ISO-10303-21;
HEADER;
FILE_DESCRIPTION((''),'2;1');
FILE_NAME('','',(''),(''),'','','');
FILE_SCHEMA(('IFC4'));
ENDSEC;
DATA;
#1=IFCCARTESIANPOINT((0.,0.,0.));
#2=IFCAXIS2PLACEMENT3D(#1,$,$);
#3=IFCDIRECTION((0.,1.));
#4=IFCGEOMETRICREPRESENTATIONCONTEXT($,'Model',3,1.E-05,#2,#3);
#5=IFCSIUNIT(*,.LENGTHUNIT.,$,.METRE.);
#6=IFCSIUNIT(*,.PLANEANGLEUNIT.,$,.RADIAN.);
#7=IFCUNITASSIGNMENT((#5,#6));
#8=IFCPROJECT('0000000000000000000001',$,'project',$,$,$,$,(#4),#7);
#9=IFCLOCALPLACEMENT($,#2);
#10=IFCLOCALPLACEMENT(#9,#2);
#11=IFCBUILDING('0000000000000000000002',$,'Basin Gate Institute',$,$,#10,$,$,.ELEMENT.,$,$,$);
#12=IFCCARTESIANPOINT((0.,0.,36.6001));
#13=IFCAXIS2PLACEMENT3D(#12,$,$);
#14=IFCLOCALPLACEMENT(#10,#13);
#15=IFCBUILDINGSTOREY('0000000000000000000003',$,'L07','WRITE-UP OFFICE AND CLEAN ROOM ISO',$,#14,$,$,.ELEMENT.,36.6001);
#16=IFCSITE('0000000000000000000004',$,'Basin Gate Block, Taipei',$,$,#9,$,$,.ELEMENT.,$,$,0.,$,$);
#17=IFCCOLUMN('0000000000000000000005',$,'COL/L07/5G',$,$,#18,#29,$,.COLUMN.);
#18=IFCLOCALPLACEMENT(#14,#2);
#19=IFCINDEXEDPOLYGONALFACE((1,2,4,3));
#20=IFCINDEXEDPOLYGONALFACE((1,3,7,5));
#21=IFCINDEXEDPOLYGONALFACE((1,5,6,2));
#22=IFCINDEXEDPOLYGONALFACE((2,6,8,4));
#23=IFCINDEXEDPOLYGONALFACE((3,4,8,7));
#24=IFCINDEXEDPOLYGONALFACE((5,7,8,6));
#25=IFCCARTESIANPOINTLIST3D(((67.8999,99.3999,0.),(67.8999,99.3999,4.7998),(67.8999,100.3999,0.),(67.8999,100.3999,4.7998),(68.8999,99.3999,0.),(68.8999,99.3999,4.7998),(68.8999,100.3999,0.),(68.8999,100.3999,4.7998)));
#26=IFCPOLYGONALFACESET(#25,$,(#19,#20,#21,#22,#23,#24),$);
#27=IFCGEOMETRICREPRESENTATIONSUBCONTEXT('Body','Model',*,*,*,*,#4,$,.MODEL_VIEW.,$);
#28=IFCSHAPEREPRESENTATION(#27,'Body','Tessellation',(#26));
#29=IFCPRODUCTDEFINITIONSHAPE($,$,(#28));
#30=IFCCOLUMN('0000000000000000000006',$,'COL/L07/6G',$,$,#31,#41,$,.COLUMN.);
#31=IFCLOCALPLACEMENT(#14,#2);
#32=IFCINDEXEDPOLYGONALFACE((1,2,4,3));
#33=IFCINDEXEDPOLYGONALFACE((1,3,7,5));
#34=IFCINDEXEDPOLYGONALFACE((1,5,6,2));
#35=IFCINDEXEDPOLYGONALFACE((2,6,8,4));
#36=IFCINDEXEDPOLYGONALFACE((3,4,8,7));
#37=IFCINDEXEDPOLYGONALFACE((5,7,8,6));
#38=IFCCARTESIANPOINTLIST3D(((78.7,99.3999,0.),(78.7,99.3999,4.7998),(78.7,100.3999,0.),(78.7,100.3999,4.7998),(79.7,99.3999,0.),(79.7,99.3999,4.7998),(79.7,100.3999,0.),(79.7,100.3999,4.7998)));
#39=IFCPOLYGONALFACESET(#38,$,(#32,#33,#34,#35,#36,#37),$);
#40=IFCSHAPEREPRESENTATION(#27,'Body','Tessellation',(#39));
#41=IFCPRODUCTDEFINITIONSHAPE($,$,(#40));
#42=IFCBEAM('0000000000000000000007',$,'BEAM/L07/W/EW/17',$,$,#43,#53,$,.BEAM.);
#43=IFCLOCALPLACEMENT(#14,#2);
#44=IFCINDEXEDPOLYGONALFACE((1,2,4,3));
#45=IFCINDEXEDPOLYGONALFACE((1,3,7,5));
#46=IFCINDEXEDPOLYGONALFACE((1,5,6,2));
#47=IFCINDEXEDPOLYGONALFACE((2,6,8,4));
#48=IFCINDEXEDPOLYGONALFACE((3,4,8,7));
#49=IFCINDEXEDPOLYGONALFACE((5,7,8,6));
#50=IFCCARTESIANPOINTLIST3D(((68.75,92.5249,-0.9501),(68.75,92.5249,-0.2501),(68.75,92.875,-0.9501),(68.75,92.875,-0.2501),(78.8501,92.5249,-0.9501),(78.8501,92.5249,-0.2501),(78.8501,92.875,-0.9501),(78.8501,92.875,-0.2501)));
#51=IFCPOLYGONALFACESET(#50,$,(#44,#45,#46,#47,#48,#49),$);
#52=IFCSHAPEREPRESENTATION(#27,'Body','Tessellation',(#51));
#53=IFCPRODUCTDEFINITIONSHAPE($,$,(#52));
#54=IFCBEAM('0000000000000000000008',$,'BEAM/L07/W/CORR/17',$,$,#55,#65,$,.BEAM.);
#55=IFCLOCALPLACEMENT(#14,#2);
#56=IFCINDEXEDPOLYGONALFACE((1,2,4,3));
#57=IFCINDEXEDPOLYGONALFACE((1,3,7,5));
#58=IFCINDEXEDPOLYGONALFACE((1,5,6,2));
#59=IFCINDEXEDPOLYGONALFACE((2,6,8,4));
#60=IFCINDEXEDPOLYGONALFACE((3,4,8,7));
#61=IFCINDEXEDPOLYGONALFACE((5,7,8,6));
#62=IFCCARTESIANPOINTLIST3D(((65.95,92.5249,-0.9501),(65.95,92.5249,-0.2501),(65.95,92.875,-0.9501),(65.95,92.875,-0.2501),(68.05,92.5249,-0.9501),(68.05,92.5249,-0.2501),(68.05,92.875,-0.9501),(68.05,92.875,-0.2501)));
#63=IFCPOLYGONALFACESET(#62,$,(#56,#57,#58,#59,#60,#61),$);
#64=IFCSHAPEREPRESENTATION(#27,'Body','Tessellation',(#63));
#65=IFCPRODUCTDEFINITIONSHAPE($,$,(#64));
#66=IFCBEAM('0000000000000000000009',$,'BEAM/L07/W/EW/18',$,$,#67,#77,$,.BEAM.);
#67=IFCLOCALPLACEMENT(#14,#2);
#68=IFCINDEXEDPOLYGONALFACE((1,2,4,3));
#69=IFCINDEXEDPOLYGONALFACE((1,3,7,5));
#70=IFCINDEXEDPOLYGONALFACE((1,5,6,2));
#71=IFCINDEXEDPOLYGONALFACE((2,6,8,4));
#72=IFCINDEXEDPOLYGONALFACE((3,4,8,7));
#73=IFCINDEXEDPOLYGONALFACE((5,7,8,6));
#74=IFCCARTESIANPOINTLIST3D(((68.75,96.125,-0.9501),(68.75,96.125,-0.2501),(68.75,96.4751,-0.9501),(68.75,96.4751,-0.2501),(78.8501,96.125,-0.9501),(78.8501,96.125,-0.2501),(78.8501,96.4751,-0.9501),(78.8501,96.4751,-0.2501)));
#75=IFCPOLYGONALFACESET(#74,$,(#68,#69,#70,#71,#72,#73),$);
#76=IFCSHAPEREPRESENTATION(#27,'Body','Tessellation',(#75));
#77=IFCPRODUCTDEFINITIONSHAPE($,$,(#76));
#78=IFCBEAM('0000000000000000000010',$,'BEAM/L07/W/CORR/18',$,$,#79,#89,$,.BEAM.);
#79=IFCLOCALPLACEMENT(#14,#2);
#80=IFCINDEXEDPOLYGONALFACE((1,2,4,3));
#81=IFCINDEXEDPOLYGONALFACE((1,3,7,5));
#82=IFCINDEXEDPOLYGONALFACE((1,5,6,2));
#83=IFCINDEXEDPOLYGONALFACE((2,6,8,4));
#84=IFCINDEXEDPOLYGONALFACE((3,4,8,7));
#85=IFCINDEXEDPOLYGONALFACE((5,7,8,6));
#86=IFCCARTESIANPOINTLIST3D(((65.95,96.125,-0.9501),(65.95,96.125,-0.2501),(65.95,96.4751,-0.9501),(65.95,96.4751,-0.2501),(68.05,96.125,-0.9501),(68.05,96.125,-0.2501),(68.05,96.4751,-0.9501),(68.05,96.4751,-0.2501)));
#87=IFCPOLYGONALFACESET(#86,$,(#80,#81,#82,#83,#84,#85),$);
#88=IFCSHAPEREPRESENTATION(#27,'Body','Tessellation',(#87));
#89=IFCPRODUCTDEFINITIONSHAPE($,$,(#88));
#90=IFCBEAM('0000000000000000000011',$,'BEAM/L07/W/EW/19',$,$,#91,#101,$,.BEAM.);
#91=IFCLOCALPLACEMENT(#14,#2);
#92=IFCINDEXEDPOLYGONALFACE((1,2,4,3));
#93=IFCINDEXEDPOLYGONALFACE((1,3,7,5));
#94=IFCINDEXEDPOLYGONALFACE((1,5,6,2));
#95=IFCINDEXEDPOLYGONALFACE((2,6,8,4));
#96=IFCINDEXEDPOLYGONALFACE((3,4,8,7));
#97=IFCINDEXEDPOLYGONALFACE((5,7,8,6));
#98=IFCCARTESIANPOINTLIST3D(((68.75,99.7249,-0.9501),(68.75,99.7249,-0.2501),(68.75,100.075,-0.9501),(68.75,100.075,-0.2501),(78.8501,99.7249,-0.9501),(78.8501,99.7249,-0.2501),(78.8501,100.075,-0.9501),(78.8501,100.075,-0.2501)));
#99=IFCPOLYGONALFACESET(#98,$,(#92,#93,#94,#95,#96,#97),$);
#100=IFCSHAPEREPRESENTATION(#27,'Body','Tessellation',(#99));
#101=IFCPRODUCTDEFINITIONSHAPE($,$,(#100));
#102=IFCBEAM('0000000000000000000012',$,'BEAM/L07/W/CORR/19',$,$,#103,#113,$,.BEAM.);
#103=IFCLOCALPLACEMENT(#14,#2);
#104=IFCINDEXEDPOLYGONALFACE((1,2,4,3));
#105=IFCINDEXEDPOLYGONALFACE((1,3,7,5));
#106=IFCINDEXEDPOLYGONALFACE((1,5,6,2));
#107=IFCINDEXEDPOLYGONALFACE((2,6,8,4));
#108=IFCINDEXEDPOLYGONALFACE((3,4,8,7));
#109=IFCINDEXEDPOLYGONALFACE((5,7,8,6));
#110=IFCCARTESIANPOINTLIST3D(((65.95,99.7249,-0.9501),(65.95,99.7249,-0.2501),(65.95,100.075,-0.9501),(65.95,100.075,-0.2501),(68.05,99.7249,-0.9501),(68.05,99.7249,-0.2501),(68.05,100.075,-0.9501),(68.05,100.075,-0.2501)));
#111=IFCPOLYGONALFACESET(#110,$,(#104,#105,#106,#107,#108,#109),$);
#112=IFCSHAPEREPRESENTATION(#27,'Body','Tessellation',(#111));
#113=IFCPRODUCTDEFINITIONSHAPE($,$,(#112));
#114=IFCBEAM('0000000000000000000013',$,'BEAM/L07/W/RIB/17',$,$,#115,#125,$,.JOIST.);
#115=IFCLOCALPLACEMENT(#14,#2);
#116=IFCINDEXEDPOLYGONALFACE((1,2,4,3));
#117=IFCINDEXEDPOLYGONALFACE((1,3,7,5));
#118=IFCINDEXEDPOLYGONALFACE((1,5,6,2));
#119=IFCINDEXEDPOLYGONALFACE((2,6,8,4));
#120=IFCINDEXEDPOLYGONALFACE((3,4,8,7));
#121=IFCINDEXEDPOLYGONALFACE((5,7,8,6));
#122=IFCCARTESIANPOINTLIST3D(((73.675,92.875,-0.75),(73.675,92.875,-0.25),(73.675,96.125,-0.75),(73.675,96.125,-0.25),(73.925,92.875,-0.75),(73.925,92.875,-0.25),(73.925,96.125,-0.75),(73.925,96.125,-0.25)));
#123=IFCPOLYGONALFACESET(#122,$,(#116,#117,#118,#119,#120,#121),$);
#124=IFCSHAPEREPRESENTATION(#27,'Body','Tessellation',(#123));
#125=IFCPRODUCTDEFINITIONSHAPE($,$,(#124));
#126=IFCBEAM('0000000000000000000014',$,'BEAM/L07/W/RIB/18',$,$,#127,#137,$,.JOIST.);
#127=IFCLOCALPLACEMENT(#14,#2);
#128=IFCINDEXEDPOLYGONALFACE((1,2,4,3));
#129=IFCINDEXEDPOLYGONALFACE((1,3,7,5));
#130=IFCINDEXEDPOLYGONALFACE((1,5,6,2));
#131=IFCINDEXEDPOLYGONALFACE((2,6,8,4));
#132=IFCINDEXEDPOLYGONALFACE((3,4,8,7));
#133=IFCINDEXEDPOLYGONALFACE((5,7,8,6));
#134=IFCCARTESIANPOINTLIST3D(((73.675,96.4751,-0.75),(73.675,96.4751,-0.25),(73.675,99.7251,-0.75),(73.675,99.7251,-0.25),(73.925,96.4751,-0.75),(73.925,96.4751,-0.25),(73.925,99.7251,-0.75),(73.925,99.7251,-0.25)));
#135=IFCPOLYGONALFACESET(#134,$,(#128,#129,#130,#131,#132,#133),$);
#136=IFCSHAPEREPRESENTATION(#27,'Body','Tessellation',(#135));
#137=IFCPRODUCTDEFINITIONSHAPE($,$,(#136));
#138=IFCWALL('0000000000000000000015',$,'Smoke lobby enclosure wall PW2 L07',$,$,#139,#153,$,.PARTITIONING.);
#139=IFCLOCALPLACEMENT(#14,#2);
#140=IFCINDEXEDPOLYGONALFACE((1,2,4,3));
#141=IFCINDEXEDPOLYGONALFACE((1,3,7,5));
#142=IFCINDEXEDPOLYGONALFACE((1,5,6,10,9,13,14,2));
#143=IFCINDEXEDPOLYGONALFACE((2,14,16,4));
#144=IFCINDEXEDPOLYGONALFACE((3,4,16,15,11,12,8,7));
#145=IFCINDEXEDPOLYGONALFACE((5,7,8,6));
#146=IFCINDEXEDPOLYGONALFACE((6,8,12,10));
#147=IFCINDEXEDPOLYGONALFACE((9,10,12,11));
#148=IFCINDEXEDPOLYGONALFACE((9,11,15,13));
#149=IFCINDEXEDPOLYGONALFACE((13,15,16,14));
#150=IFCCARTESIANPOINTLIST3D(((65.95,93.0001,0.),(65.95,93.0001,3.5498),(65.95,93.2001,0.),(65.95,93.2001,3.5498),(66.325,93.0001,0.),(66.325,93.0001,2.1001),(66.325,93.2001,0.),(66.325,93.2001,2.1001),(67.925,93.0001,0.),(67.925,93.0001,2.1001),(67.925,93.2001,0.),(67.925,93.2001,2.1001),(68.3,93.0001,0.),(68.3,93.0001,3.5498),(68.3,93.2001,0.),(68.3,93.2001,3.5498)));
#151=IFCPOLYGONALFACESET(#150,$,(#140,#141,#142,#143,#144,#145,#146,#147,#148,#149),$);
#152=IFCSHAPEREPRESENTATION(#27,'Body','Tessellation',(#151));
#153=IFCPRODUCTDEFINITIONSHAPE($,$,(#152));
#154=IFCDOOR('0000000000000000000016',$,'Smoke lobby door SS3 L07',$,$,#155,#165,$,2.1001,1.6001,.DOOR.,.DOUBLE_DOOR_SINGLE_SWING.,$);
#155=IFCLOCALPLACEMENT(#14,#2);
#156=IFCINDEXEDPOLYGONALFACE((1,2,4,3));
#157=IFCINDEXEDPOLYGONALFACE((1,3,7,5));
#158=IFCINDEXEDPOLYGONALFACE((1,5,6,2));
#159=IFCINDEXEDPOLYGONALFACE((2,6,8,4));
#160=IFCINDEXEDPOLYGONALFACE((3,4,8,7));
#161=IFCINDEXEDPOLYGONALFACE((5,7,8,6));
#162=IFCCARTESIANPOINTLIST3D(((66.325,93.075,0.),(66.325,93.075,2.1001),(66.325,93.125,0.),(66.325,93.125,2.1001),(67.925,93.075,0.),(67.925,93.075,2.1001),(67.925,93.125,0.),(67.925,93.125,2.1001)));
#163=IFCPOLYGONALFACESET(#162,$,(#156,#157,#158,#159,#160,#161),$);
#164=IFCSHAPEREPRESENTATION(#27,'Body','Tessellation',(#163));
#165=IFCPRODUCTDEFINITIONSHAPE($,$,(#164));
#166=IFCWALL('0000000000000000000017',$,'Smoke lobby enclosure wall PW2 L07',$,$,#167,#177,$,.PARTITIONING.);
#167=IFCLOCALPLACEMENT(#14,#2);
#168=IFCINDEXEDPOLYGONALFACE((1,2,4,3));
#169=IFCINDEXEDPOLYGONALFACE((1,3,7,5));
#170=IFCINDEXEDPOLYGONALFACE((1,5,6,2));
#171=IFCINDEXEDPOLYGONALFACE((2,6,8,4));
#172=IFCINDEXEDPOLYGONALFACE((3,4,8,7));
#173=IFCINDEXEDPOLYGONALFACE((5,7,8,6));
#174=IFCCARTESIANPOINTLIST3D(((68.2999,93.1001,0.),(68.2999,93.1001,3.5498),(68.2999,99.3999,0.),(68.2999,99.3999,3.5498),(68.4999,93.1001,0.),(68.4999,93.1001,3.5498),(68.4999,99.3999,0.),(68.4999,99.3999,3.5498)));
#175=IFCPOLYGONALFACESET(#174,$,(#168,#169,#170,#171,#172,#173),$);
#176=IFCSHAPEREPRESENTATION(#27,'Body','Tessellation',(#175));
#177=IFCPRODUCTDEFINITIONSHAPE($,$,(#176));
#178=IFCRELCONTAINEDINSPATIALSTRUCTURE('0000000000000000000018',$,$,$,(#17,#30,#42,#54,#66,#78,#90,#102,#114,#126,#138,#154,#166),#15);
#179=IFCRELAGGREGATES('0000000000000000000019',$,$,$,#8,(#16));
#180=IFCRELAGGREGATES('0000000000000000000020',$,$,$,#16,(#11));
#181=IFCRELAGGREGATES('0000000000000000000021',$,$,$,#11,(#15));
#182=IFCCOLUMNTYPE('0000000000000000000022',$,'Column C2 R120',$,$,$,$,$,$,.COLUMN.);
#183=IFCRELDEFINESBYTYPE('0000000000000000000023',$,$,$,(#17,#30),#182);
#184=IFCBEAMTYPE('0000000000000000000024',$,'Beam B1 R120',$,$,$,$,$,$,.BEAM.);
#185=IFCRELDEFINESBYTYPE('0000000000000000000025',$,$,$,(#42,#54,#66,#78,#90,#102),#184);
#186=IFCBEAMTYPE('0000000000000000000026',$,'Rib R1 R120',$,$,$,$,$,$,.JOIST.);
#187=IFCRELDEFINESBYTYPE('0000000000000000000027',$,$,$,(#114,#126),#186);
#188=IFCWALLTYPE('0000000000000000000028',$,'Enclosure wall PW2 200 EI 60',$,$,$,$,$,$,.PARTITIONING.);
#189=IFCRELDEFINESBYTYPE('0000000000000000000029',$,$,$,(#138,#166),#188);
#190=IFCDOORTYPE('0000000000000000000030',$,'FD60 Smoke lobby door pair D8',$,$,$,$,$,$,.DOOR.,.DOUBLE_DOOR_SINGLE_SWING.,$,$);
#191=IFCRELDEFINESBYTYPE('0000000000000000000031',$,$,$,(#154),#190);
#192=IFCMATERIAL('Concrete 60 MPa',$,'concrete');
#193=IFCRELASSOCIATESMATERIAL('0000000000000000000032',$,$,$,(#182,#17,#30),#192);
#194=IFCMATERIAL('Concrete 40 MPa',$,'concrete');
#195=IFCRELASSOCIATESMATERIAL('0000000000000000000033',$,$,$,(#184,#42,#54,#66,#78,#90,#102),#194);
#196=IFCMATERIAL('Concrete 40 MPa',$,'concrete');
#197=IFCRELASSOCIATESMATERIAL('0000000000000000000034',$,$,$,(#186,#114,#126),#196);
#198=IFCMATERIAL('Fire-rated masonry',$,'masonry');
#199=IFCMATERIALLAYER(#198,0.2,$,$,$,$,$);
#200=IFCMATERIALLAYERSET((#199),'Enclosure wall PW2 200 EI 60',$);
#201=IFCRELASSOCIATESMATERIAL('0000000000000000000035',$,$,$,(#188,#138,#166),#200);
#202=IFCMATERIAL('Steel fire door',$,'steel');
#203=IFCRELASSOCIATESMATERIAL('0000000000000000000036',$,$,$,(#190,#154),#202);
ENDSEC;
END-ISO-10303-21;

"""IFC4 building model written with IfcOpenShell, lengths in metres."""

from ifc_helpers import new_model, si_unit, direction, frame, frame_2d, origin, origin_2d, place, context, subcontext, project, spatial, rectangle, extrude, material, layer, layer_set, material_profile, profile_set, type_object, element, fill, save


model = new_model("IFC4")

# Units and contexts
model_context = context("Model", 3, precision=1e-05, world=origin(), true_north=direction((0.0, 1.0)))
body_context = subcontext(model_context, "Body", "Model", "MODEL_VIEW")
ifc_project = project(units=[si_unit("LENGTHUNIT", "METRE"), si_unit("PLANEANGLEUNIT", "RADIAN")], contexts=[model_context])

# Site, building, storey
site_placement = place(None, origin())
site = spatial("IfcSite", under=ifc_project, at=site_placement, Name="Basin Gate Block, Taipei", CompositionType="ELEMENT", RefElevation=0.0)
building_placement = place(site_placement, origin())
building = spatial("IfcBuilding", under=site, at=building_placement, Name="Basin Gate Institute", CompositionType="ELEMENT")
storey_placement = place(building_placement, frame((0.0, 0.0, 36.6001)))
storey = spatial("IfcBuildingStorey", under=building, at=storey_placement, Name="L07", Description="WRITE-UP OFFICE AND CLEAN ROOM ISO", CompositionType="ELEMENT", Elevation=36.6001)

# Columns
ifc_material_1 = material(Name="Concrete 60 MPa", Category="concrete")
ifc_material_profile_1 = material_profile(ifc_material_1, rectangle(XDim=1.0, YDim=1.0, at=origin_2d()), Name="Column C2 1000 x 1000")
ifc_profile_set_1 = profile_set([ifc_material_profile_1], Name="Concrete 60 MPa")
column_type = type_object("IfcColumnType", Name="Column C2 R120", PredefinedType="COLUMN", material=ifc_profile_set_1)
for number, where, z_axis, x_axis, name in (
    (1, (68.3999, 99.8999, 0.0), (0.0, 0.0, 1.0), (1.0, 0.0, 0.0), "COL/L07/5G"),
    (2, (79.2, 99.8999, 0.0), (0.0, 0.0, 1.0), (1.0, 0.0, 0.0), "COL/L07/6G"),
):
    element("IfcColumn", number, at=place(storey_placement, frame(where, z_axis=z_axis, x_axis=x_axis)), inside=storey, type_object=column_type, material=ifc_profile_set_1, Name=name, PredefinedType="COLUMN", context=body_context, shape_type="SweptSolid", body=[
        extrude(rectangle(XDim=1.0, YDim=1.0, at=origin_2d()), origin(), (0.0, 0.0, 1.0), 4.7998),
    ])

# Beams
ifc_material_2 = material(Name="Concrete 40 MPa", Category="concrete")
ifc_material_profile_2 = material_profile(ifc_material_2, rectangle(XDim=0.3501, YDim=0.7, at=origin_2d()), Name="Beam B1 350 x 700")
ifc_profile_set_2 = profile_set([ifc_material_profile_2], Name="Concrete 40 MPa")
beam_type_1 = type_object("IfcBeamType", Name="Beam B1 R120", PredefinedType="BEAM", material=ifc_profile_set_2)
beam_1_placement = place(storey_placement, frame((68.75, 92.7, -0.6001), z_axis=(1.0, 0.0, 0.0), x_axis=(0.0, 1.0, 0.0)))
element("IfcBeam", 3, at=beam_1_placement, inside=storey, type_object=beam_type_1, material=ifc_profile_set_2, Name="BEAM/L07/W/EW/17", PredefinedType="BEAM", context=body_context, shape_type="SweptSolid", body=[
    extrude(rectangle(XDim=0.3501, YDim=0.7, at=origin_2d()), origin(), (0.0, 0.0, 1.0), 10.1001),
])
beam_2_placement = place(storey_placement, frame((65.95, 92.7, -0.6001), z_axis=(1.0, 0.0, 0.0), x_axis=(0.0, 1.0, 0.0)))
element("IfcBeam", 4, at=beam_2_placement, inside=storey, type_object=beam_type_1, material=ifc_profile_set_2, Name="BEAM/L07/W/CORR/17", PredefinedType="BEAM", context=body_context, shape_type="SweptSolid", body=[
    extrude(rectangle(XDim=0.3501, YDim=0.7, at=origin_2d()), origin(), (0.0, 0.0, 1.0), 2.1001),
])
beam_3_placement = place(storey_placement, frame((68.75, 96.3, -0.6001), z_axis=(1.0, 0.0, 0.0), x_axis=(0.0, 1.0, 0.0)))
element("IfcBeam", 5, at=beam_3_placement, inside=storey, type_object=beam_type_1, material=ifc_profile_set_2, Name="BEAM/L07/W/EW/18", PredefinedType="BEAM", context=body_context, shape_type="SweptSolid", body=[
    extrude(rectangle(XDim=0.3501, YDim=0.7, at=origin_2d()), origin(), (0.0, 0.0, 1.0), 10.1001),
])
beam_4_placement = place(storey_placement, frame((65.95, 96.3, -0.6001), z_axis=(1.0, 0.0, 0.0), x_axis=(0.0, 1.0, 0.0)))
element("IfcBeam", 6, at=beam_4_placement, inside=storey, type_object=beam_type_1, material=ifc_profile_set_2, Name="BEAM/L07/W/CORR/18", PredefinedType="BEAM", context=body_context, shape_type="SweptSolid", body=[
    extrude(rectangle(XDim=0.3501, YDim=0.7, at=origin_2d()), origin(), (0.0, 0.0, 1.0), 2.1001),
])
beam_5_placement = place(storey_placement, frame((68.75, 99.8999, -0.6001), z_axis=(1.0, 0.0, 0.0), x_axis=(0.0, 1.0, 0.0)))
element("IfcBeam", 7, at=beam_5_placement, inside=storey, type_object=beam_type_1, material=ifc_profile_set_2, Name="BEAM/L07/W/EW/19", PredefinedType="BEAM", context=body_context, shape_type="SweptSolid", body=[
    extrude(rectangle(XDim=0.3501, YDim=0.7, at=origin_2d()), origin(), (0.0, 0.0, 1.0), 10.1001),
])
beam_6_placement = place(storey_placement, frame((65.95, 99.8999, -0.6001), z_axis=(1.0, 0.0, 0.0), x_axis=(0.0, 1.0, 0.0)))
element("IfcBeam", 8, at=beam_6_placement, inside=storey, type_object=beam_type_1, material=ifc_profile_set_2, Name="BEAM/L07/W/CORR/19", PredefinedType="BEAM", context=body_context, shape_type="SweptSolid", body=[
    extrude(rectangle(XDim=0.3501, YDim=0.7, at=origin_2d()), origin(), (0.0, 0.0, 1.0), 2.1001),
])
ifc_material_3 = material(Name="Concrete 40 MPa", Category="concrete")
ifc_material_profile_3 = material_profile(ifc_material_3, rectangle(XDim=0.25, YDim=0.5, at=origin_2d()), Name="Rib R1 250 x 500")
ifc_profile_set_3 = profile_set([ifc_material_profile_3], Name="Concrete 40 MPa")
beam_type_2 = type_object("IfcBeamType", Name="Rib R1 R120", PredefinedType="JOIST", material=ifc_profile_set_3)
for number, where, z_axis, x_axis, name in (
    (9, (73.8, 92.875, -0.5), (0.0, 1.0, 0.0), (-1.0, 0.0, 0.0), "BEAM/L07/W/RIB/17"),
    (10, (73.8, 96.4751, -0.5), (0.0, 1.0, 0.0), (-1.0, 0.0, 0.0), "BEAM/L07/W/RIB/18"),
):
    element("IfcBeam", number, at=place(storey_placement, frame(where, z_axis=z_axis, x_axis=x_axis)), inside=storey, type_object=beam_type_2, material=ifc_profile_set_3, Name=name, PredefinedType="JOIST", context=body_context, shape_type="SweptSolid", body=[
        extrude(rectangle(XDim=0.25, YDim=0.5, at=origin_2d()), origin(), (0.0, 0.0, 1.0), 3.25),
    ])

# Wall, opening, door
ifc_material_4 = material(Name="Fire-rated masonry", Category="masonry")
ifc_layer_1 = layer(ifc_material_4, 0.2)
ifc_layer_set_1 = layer_set([ifc_layer_1], Name="Enclosure wall PW2 200 EI 60")
wall_type_1 = type_object("IfcWallType", Name="Enclosure wall PW2 200 EI 60", PredefinedType="PARTITIONING", material=ifc_layer_set_1)
wall_1_placement = place(storey_placement, frame((65.95, 93.1001, 0.0), z_axis=(0.0, 0.0, 1.0), x_axis=(1.0, 0.0, 0.0)))
wall_1 = element("IfcWall", 11, at=wall_1_placement, inside=storey, type_object=wall_type_1, material=ifc_layer_set_1, Name="Smoke lobby enclosure wall PW2 L07", PredefinedType="PARTITIONING", context=body_context, shape_type="SweptSolid", body=[
    extrude(rectangle(XDim=2.3501, YDim=0.2, at=frame_2d((1.175, 0.0))), origin(), (0.0, 0.0, 1.0), 3.5498),
])
opening_1_placement = place(wall_1_placement, frame((0.375, 0.0, 0.0)))
opening_1 = element("IfcOpeningElement", 12, at=opening_1_placement, cuts=wall_1, PredefinedType="OPENING", context=body_context, shape_type="SweptSolid", body=[
    extrude(rectangle(XDim=1.6001, YDim=2.1001, at=frame_2d((0.8, 1.05))), frame((0.0, 0.1099, 0.0), z_axis=(0.0, -1.0, 0.0), x_axis=(1.0, 0.0, 0.0)), (0.0, 0.0, 1.0), 0.22),
])
ifc_material_5 = material(Name="Steel fire door", Category="steel")
door_type = type_object("IfcDoorType", Name="FD60 Smoke lobby door pair D8", OperationType="DOUBLE_DOOR_SINGLE_SWING", PredefinedType="DOOR", material=ifc_material_5)
door_placement = place(opening_1_placement, origin())
door = element("IfcDoor", 13, at=door_placement, inside=storey, type_object=door_type, material=ifc_material_5, Name="Smoke lobby door SS3 L07", OperationType="DOUBLE_DOOR_SINGLE_SWING", OverallHeight=2.1001, OverallWidth=1.6001, PredefinedType="DOOR", context=body_context, shape_type="SweptSolid", body=[
    extrude(rectangle(XDim=1.6001, YDim=2.1001, at=frame_2d((0.8, 1.05))), frame((0.0, 0.0249, 0.0), z_axis=(0.0, -1.0, 0.0), x_axis=(1.0, 0.0, 0.0)), (0.0, 0.0, 1.0), 0.05),
])
fill(opening_1, door)

# Wall
wall_2_placement = place(storey_placement, frame((68.3999, 93.1001, 0.0), z_axis=(0.0, 0.0, 1.0), x_axis=(0.0, 1.0, 0.0)))
element("IfcWall", 14, at=wall_2_placement, inside=storey, type_object=wall_type_1, material=ifc_layer_set_1, Name="Smoke lobby enclosure wall PW2 L07", PredefinedType="PARTITIONING", context=body_context, shape_type="SweptSolid", body=[
    extrude(rectangle(XDim=6.2998, YDim=0.2, at=frame_2d((3.1499, 0.0))), origin(), (0.0, 0.0, 1.0), 3.5498),
])

save(model, "model.ifc")
